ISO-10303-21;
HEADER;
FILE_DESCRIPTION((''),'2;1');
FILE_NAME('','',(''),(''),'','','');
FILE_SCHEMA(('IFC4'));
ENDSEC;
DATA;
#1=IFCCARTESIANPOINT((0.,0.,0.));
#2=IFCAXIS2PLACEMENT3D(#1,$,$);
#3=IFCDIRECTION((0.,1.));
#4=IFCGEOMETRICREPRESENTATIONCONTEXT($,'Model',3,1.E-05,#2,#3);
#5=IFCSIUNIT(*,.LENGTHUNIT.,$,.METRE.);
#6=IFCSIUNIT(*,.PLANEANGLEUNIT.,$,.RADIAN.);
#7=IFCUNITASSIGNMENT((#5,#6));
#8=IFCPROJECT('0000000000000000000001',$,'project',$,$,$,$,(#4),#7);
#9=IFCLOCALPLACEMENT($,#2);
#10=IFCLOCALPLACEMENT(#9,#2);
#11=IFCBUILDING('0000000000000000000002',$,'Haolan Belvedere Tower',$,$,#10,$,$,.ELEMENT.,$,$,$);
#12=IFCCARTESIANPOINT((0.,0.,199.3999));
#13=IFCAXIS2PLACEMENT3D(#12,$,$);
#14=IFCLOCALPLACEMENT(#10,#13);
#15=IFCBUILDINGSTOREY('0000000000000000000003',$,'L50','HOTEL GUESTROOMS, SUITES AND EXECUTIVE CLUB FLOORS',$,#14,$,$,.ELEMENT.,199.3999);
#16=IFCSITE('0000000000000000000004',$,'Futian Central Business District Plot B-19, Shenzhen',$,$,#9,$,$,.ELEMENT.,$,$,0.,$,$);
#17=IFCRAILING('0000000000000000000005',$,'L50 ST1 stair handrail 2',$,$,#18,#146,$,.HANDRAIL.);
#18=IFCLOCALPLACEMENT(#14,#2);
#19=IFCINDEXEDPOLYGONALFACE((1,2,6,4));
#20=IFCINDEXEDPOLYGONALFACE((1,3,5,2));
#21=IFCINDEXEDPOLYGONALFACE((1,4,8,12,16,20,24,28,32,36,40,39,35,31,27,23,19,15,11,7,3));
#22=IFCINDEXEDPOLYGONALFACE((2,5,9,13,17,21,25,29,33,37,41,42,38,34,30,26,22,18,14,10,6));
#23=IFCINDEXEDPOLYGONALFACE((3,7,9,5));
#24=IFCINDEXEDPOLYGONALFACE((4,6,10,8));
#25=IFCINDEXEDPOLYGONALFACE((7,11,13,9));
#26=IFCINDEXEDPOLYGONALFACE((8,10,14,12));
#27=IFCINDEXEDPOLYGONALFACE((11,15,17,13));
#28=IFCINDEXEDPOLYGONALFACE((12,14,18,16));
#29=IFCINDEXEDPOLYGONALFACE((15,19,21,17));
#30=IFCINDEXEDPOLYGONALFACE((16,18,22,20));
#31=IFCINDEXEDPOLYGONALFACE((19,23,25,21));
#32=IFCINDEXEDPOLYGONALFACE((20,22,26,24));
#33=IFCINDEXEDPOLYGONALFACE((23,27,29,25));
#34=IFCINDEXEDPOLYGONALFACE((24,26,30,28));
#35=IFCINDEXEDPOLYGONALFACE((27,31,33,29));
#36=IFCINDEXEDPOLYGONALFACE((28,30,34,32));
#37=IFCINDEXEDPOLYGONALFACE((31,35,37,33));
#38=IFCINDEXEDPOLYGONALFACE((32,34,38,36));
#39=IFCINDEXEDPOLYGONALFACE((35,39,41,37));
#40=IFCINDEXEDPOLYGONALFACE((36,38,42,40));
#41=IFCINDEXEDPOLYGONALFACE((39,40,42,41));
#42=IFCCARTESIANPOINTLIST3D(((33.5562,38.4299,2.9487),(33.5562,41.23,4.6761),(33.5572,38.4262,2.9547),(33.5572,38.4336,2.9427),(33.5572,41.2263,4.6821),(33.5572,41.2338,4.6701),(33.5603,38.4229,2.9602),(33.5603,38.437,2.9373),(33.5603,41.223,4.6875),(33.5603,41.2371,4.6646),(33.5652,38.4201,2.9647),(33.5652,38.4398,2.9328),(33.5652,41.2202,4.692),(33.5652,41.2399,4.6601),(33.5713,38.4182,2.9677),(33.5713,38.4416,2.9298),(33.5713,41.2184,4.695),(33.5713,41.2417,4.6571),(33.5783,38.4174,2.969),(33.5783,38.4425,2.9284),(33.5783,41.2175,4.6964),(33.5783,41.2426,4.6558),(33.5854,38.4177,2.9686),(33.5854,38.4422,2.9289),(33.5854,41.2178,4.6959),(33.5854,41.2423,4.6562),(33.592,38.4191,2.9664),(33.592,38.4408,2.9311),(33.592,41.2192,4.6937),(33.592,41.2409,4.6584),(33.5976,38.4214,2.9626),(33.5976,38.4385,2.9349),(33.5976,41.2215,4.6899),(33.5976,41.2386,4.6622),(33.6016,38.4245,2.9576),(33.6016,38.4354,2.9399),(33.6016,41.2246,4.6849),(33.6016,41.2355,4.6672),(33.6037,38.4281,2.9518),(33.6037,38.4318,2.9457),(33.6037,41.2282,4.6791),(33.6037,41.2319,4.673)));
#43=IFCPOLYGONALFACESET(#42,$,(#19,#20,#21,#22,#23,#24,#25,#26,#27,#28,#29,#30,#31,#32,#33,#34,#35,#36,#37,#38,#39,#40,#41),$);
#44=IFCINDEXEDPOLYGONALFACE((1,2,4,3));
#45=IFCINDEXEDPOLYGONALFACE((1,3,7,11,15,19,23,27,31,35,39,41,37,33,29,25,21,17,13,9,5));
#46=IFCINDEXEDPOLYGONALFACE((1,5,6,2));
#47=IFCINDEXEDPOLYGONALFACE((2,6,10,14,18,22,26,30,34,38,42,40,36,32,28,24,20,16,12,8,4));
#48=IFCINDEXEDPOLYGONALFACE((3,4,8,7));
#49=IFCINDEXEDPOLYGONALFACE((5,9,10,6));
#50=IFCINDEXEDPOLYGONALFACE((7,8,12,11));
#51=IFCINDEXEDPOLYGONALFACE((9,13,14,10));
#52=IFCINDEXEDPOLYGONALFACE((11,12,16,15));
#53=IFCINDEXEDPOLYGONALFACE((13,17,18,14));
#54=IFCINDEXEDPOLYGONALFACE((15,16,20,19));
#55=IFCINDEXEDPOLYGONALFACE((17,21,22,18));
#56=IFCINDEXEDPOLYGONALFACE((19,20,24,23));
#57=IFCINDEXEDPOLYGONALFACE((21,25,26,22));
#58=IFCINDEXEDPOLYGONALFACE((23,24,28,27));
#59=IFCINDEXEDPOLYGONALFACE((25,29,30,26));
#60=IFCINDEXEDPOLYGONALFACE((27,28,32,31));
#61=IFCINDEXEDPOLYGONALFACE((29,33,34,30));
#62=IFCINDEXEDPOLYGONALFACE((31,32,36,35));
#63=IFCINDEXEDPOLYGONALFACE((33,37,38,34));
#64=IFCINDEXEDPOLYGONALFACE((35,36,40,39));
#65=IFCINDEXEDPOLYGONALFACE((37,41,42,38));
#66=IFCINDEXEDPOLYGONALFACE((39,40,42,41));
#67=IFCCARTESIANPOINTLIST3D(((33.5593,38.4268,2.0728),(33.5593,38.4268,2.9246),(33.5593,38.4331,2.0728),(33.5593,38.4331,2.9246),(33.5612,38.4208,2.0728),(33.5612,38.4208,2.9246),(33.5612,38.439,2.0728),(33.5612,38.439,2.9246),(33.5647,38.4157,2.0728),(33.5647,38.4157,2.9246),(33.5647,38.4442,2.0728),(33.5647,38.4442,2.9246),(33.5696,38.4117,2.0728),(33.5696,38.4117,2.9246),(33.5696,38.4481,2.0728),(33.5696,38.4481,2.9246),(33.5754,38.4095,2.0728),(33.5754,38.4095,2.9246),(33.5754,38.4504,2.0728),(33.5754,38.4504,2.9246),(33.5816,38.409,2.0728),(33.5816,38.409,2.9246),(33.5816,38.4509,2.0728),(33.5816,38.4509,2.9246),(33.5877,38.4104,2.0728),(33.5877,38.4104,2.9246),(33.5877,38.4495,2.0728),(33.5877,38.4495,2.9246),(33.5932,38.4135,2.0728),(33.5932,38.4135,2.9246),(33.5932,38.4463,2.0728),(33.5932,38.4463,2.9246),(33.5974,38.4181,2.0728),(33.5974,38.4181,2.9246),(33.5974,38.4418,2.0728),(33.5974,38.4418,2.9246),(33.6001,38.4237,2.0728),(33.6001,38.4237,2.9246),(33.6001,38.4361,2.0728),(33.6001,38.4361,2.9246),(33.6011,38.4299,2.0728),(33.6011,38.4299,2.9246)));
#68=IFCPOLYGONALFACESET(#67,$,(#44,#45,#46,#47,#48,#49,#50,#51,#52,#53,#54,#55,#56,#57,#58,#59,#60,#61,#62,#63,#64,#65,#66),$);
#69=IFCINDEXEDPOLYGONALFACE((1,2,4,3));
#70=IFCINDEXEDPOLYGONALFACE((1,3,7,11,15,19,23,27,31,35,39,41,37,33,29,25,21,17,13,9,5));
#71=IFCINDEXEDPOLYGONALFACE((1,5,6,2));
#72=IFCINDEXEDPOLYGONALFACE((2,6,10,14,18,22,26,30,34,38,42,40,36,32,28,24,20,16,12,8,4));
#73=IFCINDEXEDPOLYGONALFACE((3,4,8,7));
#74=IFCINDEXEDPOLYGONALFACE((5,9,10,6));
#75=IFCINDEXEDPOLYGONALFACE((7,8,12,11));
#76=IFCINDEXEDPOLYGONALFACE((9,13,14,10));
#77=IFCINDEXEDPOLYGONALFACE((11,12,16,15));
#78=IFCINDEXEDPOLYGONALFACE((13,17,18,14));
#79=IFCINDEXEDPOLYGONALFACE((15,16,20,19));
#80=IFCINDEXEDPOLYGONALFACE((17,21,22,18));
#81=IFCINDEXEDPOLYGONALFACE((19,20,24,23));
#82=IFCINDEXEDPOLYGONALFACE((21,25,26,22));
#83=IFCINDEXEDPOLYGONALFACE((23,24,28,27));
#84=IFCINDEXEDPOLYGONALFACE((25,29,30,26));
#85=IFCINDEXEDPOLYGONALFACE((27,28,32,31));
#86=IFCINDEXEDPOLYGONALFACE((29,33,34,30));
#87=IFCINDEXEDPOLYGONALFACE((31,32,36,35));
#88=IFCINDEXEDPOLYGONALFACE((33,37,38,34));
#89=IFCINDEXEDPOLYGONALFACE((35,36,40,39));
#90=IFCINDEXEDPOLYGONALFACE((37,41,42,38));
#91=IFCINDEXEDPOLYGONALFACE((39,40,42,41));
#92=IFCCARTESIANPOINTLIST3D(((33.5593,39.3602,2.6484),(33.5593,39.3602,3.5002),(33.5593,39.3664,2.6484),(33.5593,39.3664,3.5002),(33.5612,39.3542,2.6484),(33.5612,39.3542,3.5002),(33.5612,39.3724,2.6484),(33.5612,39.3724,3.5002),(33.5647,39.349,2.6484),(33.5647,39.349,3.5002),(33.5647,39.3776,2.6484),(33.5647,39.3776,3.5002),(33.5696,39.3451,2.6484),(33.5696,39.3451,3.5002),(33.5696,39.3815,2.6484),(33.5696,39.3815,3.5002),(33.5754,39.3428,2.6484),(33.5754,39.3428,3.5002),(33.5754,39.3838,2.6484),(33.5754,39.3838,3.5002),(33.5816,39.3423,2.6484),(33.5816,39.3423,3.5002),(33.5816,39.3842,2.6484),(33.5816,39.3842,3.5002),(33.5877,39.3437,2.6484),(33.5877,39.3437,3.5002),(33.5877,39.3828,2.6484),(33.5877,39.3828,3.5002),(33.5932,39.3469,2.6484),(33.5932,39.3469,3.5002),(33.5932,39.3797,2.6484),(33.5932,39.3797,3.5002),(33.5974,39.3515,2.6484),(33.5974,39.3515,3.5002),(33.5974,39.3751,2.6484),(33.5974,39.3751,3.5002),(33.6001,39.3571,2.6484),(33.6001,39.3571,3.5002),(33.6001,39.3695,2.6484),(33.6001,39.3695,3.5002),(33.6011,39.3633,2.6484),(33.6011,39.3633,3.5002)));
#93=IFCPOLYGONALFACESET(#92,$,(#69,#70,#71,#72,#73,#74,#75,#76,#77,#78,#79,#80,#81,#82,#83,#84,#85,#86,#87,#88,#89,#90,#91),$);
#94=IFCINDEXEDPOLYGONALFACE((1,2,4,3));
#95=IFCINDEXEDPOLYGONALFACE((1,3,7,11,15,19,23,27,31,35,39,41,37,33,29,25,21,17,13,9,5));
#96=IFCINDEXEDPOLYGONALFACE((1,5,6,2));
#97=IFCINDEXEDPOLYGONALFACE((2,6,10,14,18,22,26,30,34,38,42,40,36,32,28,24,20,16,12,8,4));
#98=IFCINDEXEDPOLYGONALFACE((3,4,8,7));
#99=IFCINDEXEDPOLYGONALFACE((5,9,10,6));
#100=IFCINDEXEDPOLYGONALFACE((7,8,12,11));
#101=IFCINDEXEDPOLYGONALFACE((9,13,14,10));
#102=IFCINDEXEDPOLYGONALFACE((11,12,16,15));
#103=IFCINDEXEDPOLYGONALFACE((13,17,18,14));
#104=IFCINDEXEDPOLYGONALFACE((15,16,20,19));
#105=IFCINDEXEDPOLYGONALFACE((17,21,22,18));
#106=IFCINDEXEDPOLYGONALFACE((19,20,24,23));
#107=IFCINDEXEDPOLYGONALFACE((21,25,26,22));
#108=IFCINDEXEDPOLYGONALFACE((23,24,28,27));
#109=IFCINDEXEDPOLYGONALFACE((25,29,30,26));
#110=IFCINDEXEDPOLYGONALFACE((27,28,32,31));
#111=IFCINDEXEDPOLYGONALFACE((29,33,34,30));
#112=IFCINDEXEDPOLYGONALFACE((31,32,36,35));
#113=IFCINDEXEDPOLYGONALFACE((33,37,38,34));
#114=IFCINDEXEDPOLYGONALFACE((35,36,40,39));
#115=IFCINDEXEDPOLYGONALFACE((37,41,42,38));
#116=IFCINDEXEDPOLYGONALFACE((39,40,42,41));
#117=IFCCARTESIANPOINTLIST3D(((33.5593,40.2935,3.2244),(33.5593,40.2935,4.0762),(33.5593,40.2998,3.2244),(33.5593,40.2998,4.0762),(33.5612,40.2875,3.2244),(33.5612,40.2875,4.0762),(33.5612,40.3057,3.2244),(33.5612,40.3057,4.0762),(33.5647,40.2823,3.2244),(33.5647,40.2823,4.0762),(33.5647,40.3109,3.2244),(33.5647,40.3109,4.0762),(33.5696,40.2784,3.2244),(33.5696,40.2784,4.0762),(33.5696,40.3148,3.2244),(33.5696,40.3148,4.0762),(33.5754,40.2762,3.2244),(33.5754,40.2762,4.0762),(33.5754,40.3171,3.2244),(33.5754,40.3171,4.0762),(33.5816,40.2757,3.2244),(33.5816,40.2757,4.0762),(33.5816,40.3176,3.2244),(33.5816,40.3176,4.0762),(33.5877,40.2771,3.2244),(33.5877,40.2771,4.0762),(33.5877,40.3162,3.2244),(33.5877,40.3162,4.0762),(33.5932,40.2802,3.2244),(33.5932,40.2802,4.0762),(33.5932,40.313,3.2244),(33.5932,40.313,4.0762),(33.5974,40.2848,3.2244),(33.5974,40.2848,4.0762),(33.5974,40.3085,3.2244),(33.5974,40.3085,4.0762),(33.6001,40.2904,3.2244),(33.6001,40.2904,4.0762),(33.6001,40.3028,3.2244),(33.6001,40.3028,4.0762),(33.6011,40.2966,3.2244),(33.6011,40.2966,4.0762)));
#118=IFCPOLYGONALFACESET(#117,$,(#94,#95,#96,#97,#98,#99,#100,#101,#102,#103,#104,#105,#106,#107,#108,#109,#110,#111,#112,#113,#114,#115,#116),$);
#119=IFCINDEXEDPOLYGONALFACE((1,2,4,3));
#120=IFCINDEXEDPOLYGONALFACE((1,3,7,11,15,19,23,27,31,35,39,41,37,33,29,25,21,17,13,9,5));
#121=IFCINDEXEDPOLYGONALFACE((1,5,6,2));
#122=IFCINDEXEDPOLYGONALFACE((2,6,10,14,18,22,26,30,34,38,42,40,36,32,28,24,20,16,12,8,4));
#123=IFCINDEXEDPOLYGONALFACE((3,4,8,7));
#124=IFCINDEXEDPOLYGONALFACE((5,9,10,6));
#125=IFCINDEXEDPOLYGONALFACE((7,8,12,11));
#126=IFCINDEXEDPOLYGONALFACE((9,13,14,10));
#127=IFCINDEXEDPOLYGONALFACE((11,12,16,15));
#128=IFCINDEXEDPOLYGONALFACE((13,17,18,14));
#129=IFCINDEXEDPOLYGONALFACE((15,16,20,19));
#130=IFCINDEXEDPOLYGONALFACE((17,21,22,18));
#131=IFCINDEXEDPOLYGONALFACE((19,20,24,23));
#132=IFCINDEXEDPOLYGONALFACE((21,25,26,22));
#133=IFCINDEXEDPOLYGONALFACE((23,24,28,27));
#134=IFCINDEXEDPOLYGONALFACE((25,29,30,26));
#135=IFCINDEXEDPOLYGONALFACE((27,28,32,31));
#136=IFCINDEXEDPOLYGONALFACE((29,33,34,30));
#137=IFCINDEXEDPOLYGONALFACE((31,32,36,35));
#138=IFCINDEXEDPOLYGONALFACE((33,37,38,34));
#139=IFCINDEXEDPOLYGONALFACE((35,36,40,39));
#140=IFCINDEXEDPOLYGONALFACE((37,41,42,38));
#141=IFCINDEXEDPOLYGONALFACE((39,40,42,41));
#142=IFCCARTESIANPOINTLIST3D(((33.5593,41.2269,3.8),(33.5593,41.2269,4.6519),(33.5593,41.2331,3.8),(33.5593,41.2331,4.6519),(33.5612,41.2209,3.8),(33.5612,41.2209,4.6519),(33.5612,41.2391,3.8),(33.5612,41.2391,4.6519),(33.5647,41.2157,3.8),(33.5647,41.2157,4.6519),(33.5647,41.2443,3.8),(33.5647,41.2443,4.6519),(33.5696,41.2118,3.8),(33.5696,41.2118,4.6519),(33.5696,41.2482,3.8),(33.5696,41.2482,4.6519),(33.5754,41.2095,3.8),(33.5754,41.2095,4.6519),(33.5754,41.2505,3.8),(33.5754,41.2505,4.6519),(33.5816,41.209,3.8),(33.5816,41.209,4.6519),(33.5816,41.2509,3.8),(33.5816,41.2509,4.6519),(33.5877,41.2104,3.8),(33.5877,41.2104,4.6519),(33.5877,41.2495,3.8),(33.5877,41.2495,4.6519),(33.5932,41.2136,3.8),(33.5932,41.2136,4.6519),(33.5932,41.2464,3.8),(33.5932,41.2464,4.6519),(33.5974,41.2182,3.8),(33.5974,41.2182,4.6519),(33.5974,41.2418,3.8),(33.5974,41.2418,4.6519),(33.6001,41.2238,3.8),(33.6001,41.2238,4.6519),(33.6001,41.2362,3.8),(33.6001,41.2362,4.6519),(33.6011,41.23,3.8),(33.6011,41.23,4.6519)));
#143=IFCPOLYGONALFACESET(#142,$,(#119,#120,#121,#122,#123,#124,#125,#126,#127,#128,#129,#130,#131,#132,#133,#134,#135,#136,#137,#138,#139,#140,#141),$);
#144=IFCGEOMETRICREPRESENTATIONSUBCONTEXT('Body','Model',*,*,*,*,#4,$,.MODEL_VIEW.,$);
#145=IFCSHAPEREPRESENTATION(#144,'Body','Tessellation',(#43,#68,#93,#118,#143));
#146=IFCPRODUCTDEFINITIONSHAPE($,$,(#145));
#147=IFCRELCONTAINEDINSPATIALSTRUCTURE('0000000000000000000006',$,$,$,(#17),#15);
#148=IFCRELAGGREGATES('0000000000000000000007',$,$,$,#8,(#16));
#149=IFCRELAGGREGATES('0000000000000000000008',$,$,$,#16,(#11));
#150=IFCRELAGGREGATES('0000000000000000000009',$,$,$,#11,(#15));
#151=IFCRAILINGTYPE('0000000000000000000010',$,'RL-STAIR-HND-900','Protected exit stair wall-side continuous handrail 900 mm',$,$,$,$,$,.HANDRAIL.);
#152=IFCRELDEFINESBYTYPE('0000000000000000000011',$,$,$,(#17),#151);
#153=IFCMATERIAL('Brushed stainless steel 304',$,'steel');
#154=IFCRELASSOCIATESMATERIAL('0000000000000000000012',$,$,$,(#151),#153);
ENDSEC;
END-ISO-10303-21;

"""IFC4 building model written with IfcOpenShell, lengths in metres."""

from ifc_helpers import new_model, si_unit, direction, frame, origin, origin_2d, place, context, subcontext, project, spatial, circle, extrude, material, type_object, element, save


model = new_model("IFC4")

# Units and contexts
model_context = context("Model", 3, precision=1e-05, world=origin(), true_north=direction((0.0, 1.0)))
body_context = subcontext(model_context, "Body", "Model", "MODEL_VIEW")
ifc_project = project(units=[si_unit("LENGTHUNIT", "METRE"), si_unit("PLANEANGLEUNIT", "RADIAN")], contexts=[model_context])

# Site, building, storey
site_placement = place(None, origin())
site = spatial("IfcSite", under=ifc_project, at=site_placement, Name="Futian Central Business District Plot B-19, Shenzhen", CompositionType="ELEMENT", RefElevation=0.0)
building_placement = place(site_placement, origin())
building = spatial("IfcBuilding", under=site, at=building_placement, Name="Haolan Belvedere Tower", CompositionType="ELEMENT")
storey_placement = place(building_placement, frame((0.0, 0.0, 199.3999)))
storey = spatial("IfcBuildingStorey", under=building, at=storey_placement, Name="L50", Description="HOTEL GUESTROOMS, SUITES AND EXECUTIVE CLUB FLOORS", CompositionType="ELEMENT", Elevation=199.3999)

# Railing
ifc_material_1 = material(Name="Brushed stainless steel 304", Category="steel")
railing_type_1 = type_object("IfcRailingType", Name="RL-STAIR-HND-900", Description="Protected exit stair wall-side continuous handrail 900 mm", PredefinedType="HANDRAIL", material=ifc_material_1)
railing_1_placement = place(storey_placement, frame((33.5801, 38.4299, 2.0728)))
element("IfcRailing", 1, at=railing_1_placement, inside=storey, type_object=railing_type_1, Name="L50 ST1 stair handrail 2", PredefinedType="HANDRAIL", context=body_context, shape_type="SweptSolid", body=[
    extrude(circle(Radius=0.0239, at=origin_2d()), frame((0.0, 0.0, 0.876), z_axis=(0.0, 0.85109, 0.52502), x_axis=(-1.0, 0.0, 0.0)), (0.0, 0.0, 1.0), 3.29),
    extrude(circle(Radius=0.021, at=origin_2d()), origin(), (0.0, 0.0, 1.0), 0.8518),
    extrude(circle(Radius=0.021, at=origin_2d()), frame((0.0, 0.9333, 0.5757)), (0.0, 0.0, 1.0), 0.8518),
    extrude(circle(Radius=0.021, at=origin_2d()), frame((0.0, 1.8667, 1.1516)), (0.0, 0.0, 1.0), 0.8518),
    extrude(circle(Radius=0.021, at=origin_2d()), frame((0.0, 2.8, 1.7273)), (0.0, 0.0, 1.0), 0.8518),
])

save(model, "model.ifc")
